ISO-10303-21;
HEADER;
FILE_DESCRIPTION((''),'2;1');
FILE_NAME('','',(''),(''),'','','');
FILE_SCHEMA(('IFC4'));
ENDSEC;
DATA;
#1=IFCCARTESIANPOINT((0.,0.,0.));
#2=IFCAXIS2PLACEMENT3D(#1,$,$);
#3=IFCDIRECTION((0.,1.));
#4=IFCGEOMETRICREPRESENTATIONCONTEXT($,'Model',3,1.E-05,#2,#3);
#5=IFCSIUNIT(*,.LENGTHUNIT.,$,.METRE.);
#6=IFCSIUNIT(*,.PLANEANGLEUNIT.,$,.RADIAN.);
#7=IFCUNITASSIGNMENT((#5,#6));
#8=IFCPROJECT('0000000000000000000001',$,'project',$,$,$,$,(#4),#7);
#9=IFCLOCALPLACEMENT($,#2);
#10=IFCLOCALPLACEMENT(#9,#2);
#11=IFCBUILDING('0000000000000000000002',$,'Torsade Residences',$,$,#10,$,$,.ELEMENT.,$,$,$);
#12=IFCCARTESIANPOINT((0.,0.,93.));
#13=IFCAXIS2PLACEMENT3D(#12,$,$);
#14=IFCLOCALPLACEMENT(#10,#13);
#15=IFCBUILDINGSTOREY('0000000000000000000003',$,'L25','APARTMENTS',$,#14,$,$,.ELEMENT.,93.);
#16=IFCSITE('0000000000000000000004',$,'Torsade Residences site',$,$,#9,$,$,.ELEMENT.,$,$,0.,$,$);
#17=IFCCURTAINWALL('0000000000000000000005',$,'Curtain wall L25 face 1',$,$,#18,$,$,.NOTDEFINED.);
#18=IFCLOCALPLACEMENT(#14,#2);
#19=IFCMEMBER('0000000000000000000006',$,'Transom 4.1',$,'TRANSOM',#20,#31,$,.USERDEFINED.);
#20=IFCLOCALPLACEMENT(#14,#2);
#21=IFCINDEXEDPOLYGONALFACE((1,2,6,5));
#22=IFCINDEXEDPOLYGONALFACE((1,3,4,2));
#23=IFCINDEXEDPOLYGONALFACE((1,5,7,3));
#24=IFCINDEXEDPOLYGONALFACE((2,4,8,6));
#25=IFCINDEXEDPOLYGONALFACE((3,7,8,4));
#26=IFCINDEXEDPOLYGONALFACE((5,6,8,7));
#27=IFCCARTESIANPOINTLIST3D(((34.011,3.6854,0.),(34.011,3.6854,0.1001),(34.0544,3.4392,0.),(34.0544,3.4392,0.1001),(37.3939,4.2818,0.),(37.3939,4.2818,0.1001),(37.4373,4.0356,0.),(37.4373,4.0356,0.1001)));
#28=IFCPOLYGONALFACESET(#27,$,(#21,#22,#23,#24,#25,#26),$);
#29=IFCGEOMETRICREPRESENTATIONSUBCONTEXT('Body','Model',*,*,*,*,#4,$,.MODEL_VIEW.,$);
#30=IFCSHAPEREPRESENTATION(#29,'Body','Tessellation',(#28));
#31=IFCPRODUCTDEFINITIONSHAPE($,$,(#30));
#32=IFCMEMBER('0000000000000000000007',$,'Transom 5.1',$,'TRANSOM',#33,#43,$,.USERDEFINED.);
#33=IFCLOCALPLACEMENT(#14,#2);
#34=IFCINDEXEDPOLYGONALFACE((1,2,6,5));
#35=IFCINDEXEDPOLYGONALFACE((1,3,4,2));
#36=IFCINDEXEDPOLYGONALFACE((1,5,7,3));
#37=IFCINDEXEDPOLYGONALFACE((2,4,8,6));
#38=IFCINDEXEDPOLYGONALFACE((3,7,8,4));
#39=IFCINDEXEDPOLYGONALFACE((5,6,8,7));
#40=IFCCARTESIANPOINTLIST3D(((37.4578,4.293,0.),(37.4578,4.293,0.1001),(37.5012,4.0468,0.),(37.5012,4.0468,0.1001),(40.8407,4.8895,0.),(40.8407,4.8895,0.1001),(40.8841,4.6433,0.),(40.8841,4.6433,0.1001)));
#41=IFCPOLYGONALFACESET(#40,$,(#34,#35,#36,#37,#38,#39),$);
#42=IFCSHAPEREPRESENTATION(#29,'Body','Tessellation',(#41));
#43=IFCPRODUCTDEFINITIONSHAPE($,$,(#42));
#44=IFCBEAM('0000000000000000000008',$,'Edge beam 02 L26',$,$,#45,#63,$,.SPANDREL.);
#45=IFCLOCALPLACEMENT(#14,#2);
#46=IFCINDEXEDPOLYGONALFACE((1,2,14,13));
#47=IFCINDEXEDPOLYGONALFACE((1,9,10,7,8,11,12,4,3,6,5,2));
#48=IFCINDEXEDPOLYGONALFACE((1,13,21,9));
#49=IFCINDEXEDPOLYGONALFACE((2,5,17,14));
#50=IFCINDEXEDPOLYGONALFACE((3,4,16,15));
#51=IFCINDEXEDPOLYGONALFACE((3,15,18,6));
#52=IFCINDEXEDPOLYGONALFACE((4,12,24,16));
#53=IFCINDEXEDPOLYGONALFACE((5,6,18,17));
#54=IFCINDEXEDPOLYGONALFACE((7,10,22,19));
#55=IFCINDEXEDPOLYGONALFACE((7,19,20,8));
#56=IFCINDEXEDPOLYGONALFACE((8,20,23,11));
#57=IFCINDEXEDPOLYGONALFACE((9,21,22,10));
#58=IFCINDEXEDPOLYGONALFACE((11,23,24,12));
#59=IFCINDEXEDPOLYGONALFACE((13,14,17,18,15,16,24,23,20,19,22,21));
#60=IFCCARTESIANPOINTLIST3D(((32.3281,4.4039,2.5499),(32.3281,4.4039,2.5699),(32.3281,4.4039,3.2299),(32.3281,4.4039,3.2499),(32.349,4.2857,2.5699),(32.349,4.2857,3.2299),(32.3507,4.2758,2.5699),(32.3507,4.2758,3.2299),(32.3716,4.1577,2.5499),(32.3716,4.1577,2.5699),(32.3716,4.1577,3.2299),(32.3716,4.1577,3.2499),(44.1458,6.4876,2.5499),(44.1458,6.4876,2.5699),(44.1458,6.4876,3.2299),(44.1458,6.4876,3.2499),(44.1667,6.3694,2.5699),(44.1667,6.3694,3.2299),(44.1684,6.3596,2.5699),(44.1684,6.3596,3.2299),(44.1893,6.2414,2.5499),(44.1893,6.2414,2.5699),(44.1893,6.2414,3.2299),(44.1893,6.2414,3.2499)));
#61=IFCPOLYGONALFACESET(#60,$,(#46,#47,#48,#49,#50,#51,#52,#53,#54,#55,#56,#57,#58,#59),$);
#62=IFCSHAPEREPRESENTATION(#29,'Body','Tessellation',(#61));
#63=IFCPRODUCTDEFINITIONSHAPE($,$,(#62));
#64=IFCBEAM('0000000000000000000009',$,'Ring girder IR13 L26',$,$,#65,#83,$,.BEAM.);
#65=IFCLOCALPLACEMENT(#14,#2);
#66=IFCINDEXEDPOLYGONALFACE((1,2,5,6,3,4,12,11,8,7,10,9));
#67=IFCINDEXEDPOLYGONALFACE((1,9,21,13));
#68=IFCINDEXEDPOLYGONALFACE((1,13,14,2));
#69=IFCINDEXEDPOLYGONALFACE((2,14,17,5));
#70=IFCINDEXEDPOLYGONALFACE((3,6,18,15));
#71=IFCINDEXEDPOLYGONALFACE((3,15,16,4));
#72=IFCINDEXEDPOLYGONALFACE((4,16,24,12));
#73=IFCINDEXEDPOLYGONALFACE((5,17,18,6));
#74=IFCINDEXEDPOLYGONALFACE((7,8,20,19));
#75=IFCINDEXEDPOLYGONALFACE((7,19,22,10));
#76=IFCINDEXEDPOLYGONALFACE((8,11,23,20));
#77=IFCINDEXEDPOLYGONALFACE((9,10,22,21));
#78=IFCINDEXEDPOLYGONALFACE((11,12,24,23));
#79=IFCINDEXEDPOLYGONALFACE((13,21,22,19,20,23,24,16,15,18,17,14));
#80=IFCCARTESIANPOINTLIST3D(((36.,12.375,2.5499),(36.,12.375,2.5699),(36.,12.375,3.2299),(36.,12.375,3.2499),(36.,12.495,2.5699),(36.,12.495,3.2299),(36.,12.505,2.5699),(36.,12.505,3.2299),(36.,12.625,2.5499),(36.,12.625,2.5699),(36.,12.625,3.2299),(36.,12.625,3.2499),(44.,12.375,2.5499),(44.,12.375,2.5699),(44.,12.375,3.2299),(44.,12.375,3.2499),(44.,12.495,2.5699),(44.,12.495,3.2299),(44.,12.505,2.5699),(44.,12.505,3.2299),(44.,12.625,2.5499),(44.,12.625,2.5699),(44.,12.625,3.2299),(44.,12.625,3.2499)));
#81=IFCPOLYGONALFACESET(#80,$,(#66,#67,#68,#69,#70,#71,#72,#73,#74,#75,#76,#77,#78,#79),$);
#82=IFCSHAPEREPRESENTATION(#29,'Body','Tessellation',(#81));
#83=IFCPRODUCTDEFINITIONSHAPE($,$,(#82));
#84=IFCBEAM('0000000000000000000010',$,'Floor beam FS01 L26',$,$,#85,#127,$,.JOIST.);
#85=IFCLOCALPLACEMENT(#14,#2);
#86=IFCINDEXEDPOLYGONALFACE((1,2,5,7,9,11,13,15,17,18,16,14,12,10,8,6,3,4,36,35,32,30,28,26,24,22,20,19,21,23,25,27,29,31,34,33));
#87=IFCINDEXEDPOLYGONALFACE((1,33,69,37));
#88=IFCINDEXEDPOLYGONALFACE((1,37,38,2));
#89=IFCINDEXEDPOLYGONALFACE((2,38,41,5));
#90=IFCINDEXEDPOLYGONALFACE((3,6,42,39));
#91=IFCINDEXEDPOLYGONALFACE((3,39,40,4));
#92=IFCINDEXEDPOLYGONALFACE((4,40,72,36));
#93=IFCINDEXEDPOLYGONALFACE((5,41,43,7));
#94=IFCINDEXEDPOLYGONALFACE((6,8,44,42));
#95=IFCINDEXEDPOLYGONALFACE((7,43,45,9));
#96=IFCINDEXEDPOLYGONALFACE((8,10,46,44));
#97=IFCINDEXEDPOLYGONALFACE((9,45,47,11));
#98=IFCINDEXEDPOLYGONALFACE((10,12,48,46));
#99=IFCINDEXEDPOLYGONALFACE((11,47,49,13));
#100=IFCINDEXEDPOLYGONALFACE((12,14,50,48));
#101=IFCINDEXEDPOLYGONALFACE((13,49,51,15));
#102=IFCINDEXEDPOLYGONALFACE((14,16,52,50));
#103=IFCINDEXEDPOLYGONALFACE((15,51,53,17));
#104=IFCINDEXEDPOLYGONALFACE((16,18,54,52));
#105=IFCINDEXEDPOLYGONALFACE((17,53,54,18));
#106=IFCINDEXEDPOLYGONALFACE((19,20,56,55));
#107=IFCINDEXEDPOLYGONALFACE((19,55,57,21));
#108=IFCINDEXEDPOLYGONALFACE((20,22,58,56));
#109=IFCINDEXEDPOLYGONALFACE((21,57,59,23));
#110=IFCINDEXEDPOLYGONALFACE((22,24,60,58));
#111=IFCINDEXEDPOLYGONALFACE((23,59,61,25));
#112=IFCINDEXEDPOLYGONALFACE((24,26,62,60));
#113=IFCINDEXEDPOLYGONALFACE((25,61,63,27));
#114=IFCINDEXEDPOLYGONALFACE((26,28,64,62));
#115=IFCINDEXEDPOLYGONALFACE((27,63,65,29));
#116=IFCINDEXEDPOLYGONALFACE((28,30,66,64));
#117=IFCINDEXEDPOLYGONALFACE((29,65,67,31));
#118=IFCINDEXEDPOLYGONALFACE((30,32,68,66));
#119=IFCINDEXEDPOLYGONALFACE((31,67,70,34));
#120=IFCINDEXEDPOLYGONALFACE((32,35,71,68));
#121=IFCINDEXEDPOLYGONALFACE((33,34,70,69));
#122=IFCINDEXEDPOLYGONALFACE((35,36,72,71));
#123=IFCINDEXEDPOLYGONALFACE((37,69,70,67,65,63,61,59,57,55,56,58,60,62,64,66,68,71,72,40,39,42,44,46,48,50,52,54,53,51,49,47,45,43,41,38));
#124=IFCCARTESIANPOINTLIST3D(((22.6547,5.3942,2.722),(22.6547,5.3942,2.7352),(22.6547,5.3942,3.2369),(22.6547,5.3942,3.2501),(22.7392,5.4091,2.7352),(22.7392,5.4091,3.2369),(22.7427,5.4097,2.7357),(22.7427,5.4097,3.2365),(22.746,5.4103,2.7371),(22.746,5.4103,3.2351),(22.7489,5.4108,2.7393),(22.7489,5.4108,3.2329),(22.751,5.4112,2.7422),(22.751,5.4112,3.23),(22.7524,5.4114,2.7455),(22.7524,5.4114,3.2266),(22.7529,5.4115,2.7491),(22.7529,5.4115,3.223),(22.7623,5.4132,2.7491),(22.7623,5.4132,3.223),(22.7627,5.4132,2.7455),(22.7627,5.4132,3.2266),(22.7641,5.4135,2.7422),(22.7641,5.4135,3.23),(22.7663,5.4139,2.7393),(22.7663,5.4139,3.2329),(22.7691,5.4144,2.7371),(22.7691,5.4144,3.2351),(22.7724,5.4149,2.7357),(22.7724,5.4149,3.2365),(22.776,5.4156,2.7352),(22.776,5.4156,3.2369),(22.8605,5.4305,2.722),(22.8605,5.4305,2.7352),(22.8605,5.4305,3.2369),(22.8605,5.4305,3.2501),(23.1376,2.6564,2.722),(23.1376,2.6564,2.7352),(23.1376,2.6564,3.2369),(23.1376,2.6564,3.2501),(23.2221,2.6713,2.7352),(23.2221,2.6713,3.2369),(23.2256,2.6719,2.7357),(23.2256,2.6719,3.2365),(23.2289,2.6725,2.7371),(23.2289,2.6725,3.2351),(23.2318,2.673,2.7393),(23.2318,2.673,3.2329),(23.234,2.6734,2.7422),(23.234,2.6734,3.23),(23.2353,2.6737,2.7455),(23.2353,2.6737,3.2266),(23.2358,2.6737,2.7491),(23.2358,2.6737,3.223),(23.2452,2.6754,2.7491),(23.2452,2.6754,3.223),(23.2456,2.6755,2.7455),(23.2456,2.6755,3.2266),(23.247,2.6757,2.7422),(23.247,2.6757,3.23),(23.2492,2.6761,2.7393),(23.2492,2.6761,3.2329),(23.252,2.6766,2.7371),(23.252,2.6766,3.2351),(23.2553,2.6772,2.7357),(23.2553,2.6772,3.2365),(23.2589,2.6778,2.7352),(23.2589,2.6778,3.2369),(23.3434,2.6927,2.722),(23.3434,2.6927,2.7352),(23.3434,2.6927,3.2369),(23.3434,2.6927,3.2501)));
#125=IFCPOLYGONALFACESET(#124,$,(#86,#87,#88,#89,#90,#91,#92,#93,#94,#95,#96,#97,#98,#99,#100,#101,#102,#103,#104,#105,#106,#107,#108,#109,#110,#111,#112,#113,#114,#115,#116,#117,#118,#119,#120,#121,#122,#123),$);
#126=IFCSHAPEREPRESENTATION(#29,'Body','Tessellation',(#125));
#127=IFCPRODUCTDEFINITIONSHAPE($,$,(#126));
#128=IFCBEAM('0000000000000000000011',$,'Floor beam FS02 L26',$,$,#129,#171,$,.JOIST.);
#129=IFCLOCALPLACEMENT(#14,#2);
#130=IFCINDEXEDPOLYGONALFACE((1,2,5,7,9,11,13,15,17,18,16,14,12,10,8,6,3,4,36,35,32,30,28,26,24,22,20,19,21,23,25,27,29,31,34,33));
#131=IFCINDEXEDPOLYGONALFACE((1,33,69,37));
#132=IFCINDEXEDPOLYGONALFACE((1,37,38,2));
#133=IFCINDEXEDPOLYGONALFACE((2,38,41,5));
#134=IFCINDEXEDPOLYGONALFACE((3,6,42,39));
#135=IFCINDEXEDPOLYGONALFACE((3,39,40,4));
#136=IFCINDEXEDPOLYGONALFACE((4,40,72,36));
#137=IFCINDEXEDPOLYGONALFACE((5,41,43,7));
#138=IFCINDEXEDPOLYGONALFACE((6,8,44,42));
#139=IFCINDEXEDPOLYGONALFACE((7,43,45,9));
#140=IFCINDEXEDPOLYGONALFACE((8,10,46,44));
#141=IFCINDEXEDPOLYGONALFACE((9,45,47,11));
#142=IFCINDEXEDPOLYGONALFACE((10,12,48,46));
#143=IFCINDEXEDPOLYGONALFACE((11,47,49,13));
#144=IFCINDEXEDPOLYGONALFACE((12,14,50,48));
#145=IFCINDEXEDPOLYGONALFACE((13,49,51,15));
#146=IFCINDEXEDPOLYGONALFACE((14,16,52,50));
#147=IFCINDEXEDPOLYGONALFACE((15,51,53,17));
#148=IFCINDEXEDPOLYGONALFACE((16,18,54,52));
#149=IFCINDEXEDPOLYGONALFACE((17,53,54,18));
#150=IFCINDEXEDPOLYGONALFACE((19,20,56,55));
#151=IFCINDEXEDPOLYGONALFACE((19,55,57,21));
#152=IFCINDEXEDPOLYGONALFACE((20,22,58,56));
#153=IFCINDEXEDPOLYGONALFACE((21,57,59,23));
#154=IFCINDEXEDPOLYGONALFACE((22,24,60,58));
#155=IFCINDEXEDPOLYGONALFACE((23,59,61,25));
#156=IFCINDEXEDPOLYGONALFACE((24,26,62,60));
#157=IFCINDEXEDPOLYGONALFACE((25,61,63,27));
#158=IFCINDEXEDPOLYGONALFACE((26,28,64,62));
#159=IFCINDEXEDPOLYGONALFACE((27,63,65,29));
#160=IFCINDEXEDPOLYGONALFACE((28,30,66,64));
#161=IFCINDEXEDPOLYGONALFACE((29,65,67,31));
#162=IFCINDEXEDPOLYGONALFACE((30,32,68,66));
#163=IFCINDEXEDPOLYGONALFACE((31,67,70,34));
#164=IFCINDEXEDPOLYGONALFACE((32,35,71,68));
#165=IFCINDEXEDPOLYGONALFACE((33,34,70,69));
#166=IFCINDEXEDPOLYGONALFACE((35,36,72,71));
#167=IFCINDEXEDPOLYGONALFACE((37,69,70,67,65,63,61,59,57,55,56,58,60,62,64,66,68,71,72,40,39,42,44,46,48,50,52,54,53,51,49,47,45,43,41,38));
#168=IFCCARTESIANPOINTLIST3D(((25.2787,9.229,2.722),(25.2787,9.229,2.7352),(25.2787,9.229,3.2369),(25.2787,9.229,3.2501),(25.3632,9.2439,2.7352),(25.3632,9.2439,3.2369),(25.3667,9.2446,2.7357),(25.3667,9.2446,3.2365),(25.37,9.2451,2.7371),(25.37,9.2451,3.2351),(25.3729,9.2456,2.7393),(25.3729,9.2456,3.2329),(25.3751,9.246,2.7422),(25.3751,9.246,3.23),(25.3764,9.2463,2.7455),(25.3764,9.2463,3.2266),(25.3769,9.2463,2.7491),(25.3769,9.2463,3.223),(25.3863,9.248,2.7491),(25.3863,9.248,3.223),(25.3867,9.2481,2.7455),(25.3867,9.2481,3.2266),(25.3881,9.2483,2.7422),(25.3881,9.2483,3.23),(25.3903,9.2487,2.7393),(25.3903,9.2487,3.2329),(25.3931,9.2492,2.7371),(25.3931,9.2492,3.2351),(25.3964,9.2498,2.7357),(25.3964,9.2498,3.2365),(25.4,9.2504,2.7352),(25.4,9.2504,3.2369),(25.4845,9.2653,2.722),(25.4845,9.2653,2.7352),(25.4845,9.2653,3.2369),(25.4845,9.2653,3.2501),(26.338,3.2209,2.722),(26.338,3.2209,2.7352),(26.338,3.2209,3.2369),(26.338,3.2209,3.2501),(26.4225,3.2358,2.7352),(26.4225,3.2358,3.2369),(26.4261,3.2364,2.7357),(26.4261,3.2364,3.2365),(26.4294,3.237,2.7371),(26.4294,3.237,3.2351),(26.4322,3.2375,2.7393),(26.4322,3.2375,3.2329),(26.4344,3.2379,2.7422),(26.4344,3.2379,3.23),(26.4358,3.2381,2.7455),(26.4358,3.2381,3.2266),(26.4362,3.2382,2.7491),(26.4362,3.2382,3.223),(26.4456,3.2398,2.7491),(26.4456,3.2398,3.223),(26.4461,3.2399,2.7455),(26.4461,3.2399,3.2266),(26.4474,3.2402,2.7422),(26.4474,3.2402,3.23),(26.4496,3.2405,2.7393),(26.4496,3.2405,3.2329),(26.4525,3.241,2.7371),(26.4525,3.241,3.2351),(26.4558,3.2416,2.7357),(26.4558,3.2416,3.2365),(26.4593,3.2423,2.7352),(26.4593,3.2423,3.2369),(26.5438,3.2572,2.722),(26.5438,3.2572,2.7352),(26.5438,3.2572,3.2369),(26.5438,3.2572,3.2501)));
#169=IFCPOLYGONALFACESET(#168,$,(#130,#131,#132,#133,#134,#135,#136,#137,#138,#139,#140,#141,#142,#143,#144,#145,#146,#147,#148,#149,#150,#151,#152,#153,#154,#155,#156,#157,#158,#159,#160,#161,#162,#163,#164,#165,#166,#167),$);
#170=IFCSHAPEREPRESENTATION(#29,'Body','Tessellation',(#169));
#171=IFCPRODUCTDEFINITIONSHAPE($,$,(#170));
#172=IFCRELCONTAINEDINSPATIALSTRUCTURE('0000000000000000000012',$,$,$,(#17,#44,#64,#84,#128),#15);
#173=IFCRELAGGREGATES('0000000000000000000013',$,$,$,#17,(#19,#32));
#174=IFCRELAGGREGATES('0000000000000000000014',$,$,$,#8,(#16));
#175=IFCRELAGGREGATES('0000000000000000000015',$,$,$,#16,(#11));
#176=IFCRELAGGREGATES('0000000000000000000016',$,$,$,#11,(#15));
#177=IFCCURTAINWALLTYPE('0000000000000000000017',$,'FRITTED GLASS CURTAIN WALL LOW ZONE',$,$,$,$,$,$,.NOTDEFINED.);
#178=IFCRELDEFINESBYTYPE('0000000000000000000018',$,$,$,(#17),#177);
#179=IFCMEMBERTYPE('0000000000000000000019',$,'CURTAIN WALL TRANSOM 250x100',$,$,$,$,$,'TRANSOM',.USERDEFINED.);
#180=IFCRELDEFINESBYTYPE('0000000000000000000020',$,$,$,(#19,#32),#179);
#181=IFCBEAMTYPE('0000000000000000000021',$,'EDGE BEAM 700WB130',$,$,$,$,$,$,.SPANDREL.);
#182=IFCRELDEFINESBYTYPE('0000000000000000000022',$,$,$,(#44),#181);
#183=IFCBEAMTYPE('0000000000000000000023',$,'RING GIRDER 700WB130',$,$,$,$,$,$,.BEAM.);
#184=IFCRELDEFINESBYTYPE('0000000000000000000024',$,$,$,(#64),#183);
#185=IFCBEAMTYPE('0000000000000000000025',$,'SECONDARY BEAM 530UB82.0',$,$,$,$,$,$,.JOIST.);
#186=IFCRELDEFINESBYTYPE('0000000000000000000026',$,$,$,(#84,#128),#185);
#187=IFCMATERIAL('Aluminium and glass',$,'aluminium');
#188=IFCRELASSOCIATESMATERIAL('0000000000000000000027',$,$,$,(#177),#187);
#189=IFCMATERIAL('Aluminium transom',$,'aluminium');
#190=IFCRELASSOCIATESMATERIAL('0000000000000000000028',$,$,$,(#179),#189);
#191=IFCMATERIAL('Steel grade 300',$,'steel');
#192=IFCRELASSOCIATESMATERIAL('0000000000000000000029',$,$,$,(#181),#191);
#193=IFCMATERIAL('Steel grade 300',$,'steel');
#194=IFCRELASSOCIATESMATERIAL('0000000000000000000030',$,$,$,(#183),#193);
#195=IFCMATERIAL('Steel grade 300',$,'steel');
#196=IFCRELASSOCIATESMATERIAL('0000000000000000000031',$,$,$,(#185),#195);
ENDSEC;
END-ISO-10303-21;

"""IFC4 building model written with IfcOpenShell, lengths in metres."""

from ifc_helpers import new_model, si_unit, direction, frame, origin, origin_2d, place, context, subcontext, project, spatial, rectangle, i_section, extrude, material, material_profile, profile_set, type_object, element, aggregate, save


model = new_model("IFC4")

# Units and contexts
model_context = context("Model", 3, precision=1e-05, world=origin(), true_north=direction((0.0, 1.0)))
body_context = subcontext(model_context, "Body", "Model", "MODEL_VIEW")
ifc_project = project(units=[si_unit("LENGTHUNIT", "METRE"), si_unit("PLANEANGLEUNIT", "RADIAN")], contexts=[model_context])

# Site, building, storey
site_placement = place(None, origin())
site = spatial("IfcSite", under=ifc_project, at=site_placement, Name="Torsade Residences site", CompositionType="ELEMENT", RefElevation=0.0)
building_placement = place(site_placement, origin())
building = spatial("IfcBuilding", under=site, at=building_placement, Name="Torsade Residences", CompositionType="ELEMENT")
storey_placement = place(building_placement, frame((0.0, 0.0, 93.0)))
storey = spatial("IfcBuildingStorey", under=building, at=storey_placement, Name="L25", Description="APARTMENTS", CompositionType="ELEMENT", Elevation=93.0)

# Curtain wall, members
ifc_material_1 = material(Name="Aluminium and glass", Category="aluminium")
curtain_wall_type = type_object("IfcCurtainWallType", Name="FRITTED GLASS CURTAIN WALL LOW ZONE", PredefinedType="NOTDEFINED", material=ifc_material_1)
curtain_wall_placement = place(storey_placement, origin())
curtain_wall = element("IfcCurtainWall", 1, at=curtain_wall_placement, inside=storey, type_object=curtain_wall_type, Name="Curtain wall L25 face 1", PredefinedType="NOTDEFINED")
ifc_material_2 = material(Name="Aluminium transom", Category="aluminium")
ifc_material_profile_1 = material_profile(ifc_material_2, rectangle(XDim=0.25, YDim=0.1001, at=origin_2d()), Name="CURTAIN WALL TRANSOM 250x100")
ifc_profile_set_1 = profile_set([ifc_material_profile_1], Name="Aluminium transom")
member_type_1 = type_object("IfcMemberType", Name="CURTAIN WALL TRANSOM 250x100", ElementType="TRANSOM", PredefinedType="USERDEFINED", material=ifc_profile_set_1)
member_1_placement = place(storey_placement, frame((34.0327, 3.5623, 0.05), z_axis=(0.98481, 0.173635, 0.0), x_axis=(-0.173635, 0.98481, 0.0)))
member_1 = element("IfcMember", 2, at=member_1_placement, type_object=member_type_1, Name="Transom 4.1", ObjectType="TRANSOM", PredefinedType="USERDEFINED", context=body_context, shape_type="SweptSolid", body=[
    extrude(rectangle(XDim=0.25, YDim=0.1001, at=origin_2d()), origin(), (0.0, 0.0, 1.0), 3.4351),
])
member_2_placement = place(storey_placement, frame((37.4795, 4.1699, 0.05), z_axis=(0.98481, 0.173635, 0.0), x_axis=(-0.173635, 0.98481, 0.0)))
member_2 = element("IfcMember", 3, at=member_2_placement, type_object=member_type_1, Name="Transom 5.1", ObjectType="TRANSOM", PredefinedType="USERDEFINED", context=body_context, shape_type="SweptSolid", body=[
    extrude(rectangle(XDim=0.25, YDim=0.1001, at=origin_2d()), origin(), (0.0, 0.0, 1.0), 3.4351),
])

# Beams
ifc_material_3 = material(Name="Steel grade 300", Category="steel")
ifc_material_profile_2 = material_profile(ifc_material_3, i_section(OverallWidth=0.25, OverallDepth=0.7, WebThickness=0.01, FlangeThickness=0.02, at=origin_2d()), Name="700WB130")
ifc_profile_set_2 = profile_set([ifc_material_profile_2], Name="Steel grade 300")
beam_type_1 = type_object("IfcBeamType", Name="EDGE BEAM 700WB130", PredefinedType="SPANDREL", material=ifc_profile_set_2)
beam_1_placement = place(storey_placement, frame((32.3499, 4.2808, 2.8999), z_axis=(0.984808, 0.173646, 0.0), x_axis=(-0.173646, 0.984808, 0.0)))
element("IfcBeam", 4, at=beam_1_placement, inside=storey, type_object=beam_type_1, Name="Edge beam 02 L26", PredefinedType="SPANDREL", context=body_context, shape_type="SweptSolid", body=[
    extrude(i_section(OverallWidth=0.25, OverallDepth=0.7, WebThickness=0.01, FlangeThickness=0.02, at=origin_2d()), origin(), (0.0, 0.0, 1.0), 12.0),
])
ifc_material_4 = material(Name="Steel grade 300", Category="steel")
ifc_material_profile_3 = material_profile(ifc_material_4, i_section(OverallWidth=0.25, OverallDepth=0.7, WebThickness=0.01, FlangeThickness=0.02, at=origin_2d()), Name="700WB130")
ifc_profile_set_3 = profile_set([ifc_material_profile_3], Name="Steel grade 300")
beam_type_2 = type_object("IfcBeamType", Name="RING GIRDER 700WB130", PredefinedType="BEAM", material=ifc_profile_set_3)
beam_2_placement = place(storey_placement, frame((36.0, 12.5, 2.8999), z_axis=(1.0, 0.0, 0.0), x_axis=(0.0, 1.0, 0.0)))
element("IfcBeam", 5, at=beam_2_placement, inside=storey, type_object=beam_type_2, Name="Ring girder IR13 L26", PredefinedType="BEAM", context=body_context, shape_type="SweptSolid", body=[
    extrude(i_section(OverallWidth=0.25, OverallDepth=0.7, WebThickness=0.01, FlangeThickness=0.02, at=origin_2d()), origin(), (0.0, 0.0, 1.0), 8.0),
])
ifc_material_5 = material(Name="Steel grade 300", Category="steel")
ifc_material_profile_4 = material_profile(ifc_material_5, i_section(OverallWidth=0.209, OverallDepth=0.5281, WebThickness=0.0095, FlangeThickness=0.0132, FilletRadius=0.0139, at=origin_2d()), Name="530UB82.0")
ifc_profile_set_4 = profile_set([ifc_material_profile_4], Name="Steel grade 300")
beam_type_3 = type_object("IfcBeamType", Name="SECONDARY BEAM 530UB82.0", PredefinedType="JOIST", material=ifc_profile_set_4)
beam_3_placement = place(storey_placement, frame((23.2405, 2.6746, 2.9861), z_axis=(-0.173705, 0.984798, 0.0), x_axis=(-0.984798, -0.173705, 0.0)))
element("IfcBeam", 6, at=beam_3_placement, inside=storey, type_object=beam_type_3, Name="Floor beam FS01 L26", PredefinedType="JOIST", context=body_context, shape_type="SweptSolid", body=[
    extrude(i_section(OverallWidth=0.209, OverallDepth=0.5281, WebThickness=0.0095, FlangeThickness=0.0132, FilletRadius=0.0139, at=origin_2d()), origin(), (0.0, 0.0, 1.0), 2.78),
])
beam_4_placement = place(storey_placement, frame((26.4409, 3.239, 2.9861), z_axis=(-0.173639, 0.984809, 0.0), x_axis=(-0.984809, -0.173639, 0.0)))
element("IfcBeam", 7, at=beam_4_placement, inside=storey, type_object=beam_type_3, Name="Floor beam FS02 L26", PredefinedType="JOIST", context=body_context, shape_type="SweptSolid", body=[
    extrude(i_section(OverallWidth=0.209, OverallDepth=0.5281, WebThickness=0.0095, FlangeThickness=0.0132, FilletRadius=0.0139, at=origin_2d()), origin(), (0.0, 0.0, 1.0), 6.1008),
])

aggregate(curtain_wall, [member_1, member_2])

save(model, "model.ifc")
